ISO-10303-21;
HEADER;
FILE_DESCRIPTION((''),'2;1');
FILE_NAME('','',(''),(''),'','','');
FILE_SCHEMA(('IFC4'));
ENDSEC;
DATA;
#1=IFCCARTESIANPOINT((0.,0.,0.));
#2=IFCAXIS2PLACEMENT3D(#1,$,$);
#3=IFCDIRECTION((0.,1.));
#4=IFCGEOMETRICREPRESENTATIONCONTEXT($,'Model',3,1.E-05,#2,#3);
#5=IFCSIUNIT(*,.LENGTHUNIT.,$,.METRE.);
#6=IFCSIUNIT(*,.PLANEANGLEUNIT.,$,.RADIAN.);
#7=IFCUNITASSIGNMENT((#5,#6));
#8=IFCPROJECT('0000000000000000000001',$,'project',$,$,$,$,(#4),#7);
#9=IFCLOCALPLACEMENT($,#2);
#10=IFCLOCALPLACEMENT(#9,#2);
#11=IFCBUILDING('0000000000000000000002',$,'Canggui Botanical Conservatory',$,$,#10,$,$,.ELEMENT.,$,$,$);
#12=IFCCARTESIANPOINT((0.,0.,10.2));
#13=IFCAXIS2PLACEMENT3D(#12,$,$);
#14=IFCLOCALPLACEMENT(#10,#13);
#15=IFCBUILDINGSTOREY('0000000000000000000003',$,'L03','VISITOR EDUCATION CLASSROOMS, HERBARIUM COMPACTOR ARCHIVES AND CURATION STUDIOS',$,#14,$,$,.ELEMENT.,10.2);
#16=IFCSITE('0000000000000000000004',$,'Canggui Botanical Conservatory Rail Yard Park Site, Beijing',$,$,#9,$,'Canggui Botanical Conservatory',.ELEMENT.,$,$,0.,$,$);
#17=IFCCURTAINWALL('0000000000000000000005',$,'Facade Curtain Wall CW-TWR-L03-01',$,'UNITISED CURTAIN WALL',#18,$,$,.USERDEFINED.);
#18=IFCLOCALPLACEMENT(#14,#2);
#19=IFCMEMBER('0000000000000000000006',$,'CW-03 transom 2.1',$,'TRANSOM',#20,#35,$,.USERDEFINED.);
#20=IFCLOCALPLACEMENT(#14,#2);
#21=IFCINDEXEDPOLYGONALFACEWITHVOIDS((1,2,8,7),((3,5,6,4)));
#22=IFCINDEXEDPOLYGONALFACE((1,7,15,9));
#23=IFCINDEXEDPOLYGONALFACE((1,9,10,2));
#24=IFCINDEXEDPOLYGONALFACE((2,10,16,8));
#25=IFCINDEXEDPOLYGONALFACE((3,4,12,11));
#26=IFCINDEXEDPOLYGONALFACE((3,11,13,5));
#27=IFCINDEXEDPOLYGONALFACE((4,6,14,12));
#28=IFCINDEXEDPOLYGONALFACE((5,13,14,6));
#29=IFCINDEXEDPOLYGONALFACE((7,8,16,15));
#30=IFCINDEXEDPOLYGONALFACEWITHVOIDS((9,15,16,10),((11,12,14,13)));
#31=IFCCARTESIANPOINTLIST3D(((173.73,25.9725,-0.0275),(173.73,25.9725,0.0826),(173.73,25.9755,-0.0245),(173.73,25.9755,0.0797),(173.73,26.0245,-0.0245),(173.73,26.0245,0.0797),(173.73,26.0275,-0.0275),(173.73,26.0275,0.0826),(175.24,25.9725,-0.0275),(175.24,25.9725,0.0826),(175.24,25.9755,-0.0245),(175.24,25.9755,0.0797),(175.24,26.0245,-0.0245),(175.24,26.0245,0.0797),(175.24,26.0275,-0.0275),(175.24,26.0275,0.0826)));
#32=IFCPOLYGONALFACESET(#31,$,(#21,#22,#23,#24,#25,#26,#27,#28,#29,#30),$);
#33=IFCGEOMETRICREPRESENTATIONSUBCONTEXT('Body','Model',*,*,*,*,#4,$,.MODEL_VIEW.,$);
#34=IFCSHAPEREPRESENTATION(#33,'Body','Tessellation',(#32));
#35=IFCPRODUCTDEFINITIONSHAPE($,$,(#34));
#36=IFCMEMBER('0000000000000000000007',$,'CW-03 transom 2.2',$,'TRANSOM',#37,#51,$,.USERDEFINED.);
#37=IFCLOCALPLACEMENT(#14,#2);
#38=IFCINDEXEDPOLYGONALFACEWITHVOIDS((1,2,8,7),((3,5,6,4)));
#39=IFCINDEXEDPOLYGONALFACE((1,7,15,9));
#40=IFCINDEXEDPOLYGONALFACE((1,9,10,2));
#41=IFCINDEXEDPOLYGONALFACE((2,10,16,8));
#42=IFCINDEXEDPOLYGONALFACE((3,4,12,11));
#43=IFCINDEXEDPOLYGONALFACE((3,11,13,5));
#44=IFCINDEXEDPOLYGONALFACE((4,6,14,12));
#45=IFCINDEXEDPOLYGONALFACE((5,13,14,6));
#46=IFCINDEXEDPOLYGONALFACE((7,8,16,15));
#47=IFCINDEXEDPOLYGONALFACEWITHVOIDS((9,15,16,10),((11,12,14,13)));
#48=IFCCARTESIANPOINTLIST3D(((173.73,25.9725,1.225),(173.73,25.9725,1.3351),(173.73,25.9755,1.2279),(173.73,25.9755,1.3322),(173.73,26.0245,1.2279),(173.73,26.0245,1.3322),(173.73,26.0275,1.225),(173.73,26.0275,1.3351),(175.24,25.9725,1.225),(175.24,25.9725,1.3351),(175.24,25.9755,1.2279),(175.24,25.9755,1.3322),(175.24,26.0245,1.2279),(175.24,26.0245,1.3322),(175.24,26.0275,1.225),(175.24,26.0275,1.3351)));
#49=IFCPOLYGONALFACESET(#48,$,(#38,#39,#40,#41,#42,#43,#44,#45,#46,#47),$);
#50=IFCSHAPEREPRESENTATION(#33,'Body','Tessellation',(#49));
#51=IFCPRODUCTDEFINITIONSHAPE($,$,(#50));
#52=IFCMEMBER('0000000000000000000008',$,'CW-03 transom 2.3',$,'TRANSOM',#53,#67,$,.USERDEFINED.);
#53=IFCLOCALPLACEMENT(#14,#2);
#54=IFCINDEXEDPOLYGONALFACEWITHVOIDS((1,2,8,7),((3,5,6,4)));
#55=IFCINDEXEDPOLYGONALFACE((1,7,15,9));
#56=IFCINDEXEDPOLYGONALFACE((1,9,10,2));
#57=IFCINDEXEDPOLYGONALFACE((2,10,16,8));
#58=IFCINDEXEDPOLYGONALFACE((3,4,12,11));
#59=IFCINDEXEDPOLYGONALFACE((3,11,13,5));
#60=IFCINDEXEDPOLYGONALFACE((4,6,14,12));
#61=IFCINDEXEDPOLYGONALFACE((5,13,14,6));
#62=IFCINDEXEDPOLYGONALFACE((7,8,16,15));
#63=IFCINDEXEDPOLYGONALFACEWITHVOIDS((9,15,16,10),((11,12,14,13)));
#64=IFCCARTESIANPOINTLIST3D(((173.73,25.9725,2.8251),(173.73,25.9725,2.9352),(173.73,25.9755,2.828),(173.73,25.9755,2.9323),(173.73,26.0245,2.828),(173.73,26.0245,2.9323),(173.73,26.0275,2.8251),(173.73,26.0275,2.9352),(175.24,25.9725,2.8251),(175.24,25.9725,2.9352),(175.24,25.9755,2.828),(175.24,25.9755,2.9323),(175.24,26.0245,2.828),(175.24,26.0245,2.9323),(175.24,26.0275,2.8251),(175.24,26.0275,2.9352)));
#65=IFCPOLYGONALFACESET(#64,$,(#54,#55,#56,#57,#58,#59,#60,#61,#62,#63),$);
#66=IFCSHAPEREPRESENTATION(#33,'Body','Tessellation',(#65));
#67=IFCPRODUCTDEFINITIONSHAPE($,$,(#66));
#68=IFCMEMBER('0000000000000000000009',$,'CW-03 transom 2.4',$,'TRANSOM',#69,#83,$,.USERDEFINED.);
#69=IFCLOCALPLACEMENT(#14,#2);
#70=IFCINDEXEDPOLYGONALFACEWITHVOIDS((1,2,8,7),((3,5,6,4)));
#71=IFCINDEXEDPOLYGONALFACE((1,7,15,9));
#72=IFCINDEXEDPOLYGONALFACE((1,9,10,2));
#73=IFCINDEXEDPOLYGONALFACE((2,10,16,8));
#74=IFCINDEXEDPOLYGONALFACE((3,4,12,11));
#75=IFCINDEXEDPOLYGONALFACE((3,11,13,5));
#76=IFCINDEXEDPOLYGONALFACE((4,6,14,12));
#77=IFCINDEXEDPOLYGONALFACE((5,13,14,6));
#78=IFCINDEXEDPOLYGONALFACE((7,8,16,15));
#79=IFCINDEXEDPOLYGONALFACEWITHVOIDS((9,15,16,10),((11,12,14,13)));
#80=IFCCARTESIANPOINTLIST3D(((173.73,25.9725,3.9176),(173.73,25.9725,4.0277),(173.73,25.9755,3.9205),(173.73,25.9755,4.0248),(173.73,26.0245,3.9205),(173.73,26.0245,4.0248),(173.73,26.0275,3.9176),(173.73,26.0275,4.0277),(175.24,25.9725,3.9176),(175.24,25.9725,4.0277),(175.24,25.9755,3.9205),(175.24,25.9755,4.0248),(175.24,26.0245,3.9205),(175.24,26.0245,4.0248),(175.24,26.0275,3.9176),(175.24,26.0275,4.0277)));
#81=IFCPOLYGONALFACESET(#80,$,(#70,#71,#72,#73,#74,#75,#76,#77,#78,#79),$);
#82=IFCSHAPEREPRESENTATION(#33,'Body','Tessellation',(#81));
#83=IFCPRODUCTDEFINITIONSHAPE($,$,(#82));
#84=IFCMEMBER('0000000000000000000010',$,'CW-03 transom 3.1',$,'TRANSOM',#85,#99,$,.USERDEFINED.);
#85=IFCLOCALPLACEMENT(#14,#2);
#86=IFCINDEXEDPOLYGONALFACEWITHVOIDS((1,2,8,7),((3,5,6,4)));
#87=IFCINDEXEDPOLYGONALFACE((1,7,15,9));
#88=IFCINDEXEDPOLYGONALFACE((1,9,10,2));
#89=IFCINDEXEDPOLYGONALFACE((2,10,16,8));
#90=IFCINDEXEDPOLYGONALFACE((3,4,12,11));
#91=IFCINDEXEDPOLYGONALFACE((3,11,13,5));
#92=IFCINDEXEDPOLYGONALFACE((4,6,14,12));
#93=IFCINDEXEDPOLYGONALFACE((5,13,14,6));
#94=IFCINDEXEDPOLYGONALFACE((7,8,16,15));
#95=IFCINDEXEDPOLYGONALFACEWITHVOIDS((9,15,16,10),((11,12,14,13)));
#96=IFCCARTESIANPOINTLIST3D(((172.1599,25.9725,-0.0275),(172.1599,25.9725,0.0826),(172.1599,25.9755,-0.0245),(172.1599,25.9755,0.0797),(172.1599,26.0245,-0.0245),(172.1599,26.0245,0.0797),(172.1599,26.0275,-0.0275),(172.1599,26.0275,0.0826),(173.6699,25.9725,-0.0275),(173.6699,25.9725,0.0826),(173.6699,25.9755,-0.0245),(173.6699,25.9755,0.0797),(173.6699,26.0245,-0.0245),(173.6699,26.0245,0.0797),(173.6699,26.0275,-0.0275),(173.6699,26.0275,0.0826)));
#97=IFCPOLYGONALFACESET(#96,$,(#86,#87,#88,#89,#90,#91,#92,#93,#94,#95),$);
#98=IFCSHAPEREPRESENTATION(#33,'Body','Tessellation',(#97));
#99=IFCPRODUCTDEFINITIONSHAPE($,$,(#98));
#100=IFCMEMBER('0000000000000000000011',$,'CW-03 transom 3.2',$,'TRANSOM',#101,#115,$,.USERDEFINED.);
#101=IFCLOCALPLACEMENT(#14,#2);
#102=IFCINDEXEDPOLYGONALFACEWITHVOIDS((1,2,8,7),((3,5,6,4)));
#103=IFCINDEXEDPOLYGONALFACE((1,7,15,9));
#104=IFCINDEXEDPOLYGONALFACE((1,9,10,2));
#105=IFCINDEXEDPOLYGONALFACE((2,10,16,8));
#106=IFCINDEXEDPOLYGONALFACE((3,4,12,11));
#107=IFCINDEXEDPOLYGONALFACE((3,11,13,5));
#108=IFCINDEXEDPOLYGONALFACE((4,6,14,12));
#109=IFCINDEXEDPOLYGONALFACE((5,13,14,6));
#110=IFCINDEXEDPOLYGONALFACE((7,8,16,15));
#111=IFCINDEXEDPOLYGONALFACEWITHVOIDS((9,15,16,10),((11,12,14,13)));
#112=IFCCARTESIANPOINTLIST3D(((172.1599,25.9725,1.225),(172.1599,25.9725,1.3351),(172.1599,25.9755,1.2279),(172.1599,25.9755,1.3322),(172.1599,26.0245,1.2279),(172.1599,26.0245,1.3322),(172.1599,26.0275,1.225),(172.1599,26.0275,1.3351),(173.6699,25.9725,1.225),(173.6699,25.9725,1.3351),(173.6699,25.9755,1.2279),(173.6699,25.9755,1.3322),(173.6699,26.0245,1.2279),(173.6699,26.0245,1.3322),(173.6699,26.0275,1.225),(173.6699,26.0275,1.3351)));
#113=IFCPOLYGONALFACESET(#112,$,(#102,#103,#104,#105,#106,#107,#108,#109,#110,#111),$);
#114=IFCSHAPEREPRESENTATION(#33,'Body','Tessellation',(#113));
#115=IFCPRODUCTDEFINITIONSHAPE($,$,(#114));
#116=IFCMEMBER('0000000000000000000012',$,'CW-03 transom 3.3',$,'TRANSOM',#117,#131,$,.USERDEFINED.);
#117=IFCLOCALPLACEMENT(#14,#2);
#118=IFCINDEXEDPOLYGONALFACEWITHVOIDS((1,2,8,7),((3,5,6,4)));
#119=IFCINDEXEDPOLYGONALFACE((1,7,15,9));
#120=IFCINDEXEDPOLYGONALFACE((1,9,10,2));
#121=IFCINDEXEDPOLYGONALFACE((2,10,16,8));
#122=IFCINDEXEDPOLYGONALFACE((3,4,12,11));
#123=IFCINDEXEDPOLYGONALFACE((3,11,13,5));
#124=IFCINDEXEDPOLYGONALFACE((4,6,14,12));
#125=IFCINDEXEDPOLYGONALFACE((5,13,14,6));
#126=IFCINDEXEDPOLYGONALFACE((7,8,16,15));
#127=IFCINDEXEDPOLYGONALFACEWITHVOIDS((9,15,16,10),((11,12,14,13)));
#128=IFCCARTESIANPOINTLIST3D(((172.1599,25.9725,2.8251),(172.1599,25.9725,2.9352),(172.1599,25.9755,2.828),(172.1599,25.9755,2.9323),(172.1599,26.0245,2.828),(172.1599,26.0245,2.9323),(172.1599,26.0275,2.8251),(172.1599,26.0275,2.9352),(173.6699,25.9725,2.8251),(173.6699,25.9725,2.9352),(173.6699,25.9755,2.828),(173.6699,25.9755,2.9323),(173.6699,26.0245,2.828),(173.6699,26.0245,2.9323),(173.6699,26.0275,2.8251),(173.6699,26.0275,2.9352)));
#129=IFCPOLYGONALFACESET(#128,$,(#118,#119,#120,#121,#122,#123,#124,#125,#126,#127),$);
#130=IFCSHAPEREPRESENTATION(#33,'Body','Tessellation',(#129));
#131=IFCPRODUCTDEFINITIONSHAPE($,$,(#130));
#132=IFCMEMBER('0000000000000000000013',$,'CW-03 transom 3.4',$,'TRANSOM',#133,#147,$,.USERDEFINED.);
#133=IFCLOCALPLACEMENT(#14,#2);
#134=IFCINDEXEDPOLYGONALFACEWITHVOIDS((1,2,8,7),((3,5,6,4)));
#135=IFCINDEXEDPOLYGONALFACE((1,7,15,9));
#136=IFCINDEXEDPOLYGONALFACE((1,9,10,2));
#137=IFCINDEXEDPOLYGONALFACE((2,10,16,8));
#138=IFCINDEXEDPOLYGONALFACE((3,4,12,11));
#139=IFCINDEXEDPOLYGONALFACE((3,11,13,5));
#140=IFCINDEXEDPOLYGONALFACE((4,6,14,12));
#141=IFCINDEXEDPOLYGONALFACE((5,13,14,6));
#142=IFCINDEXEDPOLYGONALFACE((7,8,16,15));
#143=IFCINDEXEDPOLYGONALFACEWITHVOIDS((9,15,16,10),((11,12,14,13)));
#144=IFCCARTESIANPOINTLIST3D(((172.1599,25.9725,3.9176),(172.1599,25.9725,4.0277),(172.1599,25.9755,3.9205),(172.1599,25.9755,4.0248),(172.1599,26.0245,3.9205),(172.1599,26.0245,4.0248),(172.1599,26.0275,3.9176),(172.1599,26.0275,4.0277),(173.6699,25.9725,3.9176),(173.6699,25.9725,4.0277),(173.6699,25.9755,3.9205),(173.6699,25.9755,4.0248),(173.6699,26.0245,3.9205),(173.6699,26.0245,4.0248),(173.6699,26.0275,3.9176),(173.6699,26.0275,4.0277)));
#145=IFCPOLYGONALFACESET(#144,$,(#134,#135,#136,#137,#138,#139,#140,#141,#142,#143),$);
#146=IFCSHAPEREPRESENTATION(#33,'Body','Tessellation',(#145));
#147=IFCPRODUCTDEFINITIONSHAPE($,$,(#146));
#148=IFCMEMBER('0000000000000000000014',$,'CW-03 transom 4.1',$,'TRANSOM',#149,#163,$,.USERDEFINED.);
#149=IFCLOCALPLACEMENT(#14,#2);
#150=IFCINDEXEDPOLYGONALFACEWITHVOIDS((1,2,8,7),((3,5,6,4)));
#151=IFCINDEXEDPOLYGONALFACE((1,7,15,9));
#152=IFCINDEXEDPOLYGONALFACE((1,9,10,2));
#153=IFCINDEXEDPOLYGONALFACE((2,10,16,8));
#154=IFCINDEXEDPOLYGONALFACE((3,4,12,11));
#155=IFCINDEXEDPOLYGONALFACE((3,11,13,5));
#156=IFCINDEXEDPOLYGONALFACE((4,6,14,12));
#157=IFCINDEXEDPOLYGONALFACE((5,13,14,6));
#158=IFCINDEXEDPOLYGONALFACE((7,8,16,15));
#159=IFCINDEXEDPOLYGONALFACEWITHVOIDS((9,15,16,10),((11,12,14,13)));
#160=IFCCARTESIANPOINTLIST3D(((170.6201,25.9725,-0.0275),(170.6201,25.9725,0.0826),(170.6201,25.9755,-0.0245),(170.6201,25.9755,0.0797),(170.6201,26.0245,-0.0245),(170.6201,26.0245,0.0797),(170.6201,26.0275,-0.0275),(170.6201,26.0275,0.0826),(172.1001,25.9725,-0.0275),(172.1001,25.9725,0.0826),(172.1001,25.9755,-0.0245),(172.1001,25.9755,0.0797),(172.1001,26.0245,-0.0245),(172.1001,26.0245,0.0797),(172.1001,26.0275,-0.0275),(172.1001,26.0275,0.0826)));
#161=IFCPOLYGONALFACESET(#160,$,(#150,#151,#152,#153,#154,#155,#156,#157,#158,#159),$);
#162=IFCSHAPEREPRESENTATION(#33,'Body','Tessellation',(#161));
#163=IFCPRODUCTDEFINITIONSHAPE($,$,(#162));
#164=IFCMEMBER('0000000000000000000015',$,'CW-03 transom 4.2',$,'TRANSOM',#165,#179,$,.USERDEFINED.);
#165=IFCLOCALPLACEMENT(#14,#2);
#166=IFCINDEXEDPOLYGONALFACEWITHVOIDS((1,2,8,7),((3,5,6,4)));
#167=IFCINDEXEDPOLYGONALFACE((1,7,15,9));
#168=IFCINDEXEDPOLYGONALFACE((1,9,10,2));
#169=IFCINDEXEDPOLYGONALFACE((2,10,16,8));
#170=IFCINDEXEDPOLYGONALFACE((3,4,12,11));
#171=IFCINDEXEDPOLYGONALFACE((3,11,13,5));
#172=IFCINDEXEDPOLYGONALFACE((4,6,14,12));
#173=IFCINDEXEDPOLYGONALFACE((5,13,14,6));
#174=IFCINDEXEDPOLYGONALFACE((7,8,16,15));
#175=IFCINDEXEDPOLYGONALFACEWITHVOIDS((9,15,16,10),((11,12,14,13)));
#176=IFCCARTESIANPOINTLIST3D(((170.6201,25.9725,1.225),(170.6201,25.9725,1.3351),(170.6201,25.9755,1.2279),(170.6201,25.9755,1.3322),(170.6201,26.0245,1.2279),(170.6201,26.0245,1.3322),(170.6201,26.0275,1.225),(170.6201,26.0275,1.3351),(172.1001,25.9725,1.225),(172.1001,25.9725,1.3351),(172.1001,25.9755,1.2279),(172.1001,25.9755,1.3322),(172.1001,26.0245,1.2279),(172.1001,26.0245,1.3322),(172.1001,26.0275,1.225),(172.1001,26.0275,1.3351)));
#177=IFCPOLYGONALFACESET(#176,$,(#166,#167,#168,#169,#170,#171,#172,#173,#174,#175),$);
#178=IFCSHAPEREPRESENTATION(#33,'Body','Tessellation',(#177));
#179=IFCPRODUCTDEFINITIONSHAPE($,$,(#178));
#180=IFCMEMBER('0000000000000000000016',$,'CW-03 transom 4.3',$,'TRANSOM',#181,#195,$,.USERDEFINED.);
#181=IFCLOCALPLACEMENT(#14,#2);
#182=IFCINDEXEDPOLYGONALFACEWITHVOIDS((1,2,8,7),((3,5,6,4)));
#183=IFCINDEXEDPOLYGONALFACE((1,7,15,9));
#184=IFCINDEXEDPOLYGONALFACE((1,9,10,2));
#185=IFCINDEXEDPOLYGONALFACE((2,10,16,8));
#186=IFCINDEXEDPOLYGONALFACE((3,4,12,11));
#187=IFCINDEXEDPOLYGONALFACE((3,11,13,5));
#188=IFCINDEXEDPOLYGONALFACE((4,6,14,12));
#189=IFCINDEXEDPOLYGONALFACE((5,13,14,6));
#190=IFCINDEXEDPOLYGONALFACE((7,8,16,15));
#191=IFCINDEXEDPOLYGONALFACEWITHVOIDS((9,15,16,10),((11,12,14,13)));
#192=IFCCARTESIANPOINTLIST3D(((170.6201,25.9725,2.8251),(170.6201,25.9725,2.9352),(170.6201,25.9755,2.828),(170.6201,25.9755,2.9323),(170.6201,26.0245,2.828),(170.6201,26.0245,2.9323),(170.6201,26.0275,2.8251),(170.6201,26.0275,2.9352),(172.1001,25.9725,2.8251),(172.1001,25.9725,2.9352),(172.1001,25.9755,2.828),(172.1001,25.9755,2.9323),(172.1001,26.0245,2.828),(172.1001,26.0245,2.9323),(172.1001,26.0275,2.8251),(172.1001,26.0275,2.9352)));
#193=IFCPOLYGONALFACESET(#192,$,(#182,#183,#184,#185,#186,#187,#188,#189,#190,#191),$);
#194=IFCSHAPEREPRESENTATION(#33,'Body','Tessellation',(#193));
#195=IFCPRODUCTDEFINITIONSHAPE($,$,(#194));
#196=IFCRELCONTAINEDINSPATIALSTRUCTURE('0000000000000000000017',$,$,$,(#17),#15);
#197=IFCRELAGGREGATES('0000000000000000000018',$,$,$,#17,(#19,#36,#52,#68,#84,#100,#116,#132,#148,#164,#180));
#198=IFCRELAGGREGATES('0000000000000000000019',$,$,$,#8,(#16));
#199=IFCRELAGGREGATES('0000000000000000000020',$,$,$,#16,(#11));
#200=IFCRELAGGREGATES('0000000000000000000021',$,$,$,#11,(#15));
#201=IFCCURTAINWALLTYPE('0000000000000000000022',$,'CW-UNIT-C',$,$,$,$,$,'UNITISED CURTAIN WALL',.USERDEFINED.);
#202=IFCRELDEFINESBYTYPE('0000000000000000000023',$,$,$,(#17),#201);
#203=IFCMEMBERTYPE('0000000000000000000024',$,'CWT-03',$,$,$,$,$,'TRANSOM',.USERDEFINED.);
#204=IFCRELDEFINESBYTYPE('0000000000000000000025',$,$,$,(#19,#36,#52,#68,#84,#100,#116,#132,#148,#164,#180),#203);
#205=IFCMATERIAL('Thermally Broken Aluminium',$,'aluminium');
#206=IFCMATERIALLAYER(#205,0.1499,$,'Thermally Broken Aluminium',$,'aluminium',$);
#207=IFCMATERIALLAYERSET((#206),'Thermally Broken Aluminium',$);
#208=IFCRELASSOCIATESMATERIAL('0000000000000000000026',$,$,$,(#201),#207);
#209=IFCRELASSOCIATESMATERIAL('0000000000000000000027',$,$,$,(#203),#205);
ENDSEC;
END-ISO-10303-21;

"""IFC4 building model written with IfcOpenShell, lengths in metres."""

from ifc_helpers import new_model, si_unit, direction, frame, origin, origin_2d, place, context, subcontext, project, spatial, hollow_rectangle, extrude, material, layer, layer_set, material_profile, profile_set, type_object, element, aggregate, save


model = new_model("IFC4")

# Units and contexts
model_context = context("Model", 3, precision=1e-05, world=origin(), true_north=direction((0.0, 1.0)))
body_context = subcontext(model_context, "Body", "Model", "MODEL_VIEW")
ifc_project = project(units=[si_unit("LENGTHUNIT", "METRE"), si_unit("PLANEANGLEUNIT", "RADIAN")], contexts=[model_context])

# Site, building, storey
site_placement = place(None, origin())
site = spatial("IfcSite", under=ifc_project, at=site_placement, Name="Canggui Botanical Conservatory Rail Yard Park Site, Beijing", LongName="Canggui Botanical Conservatory", CompositionType="ELEMENT", RefElevation=0.0)
building_placement = place(site_placement, origin())
building = spatial("IfcBuilding", under=site, at=building_placement, Name="Canggui Botanical Conservatory", CompositionType="ELEMENT")
storey_placement = place(building_placement, frame((0.0, 0.0, 10.2)))
storey = spatial("IfcBuildingStorey", under=building, at=storey_placement, Name="L03", Description="VISITOR EDUCATION CLASSROOMS, HERBARIUM COMPACTOR ARCHIVES AND CURATION STUDIOS", CompositionType="ELEMENT", Elevation=10.2)

# Curtain wall, members
ifc_material_1 = material(Name="Thermally Broken Aluminium", Category="aluminium")
ifc_layer_1 = layer(ifc_material_1, 0.1499, Name="Thermally Broken Aluminium", Category="aluminium")
ifc_layer_set_1 = layer_set([ifc_layer_1], Name="Thermally Broken Aluminium")
curtain_wall_type = type_object("IfcCurtainWallType", Name="CW-UNIT-C", ElementType="UNITISED CURTAIN WALL", PredefinedType="USERDEFINED", material=ifc_layer_set_1)
curtain_wall_placement = place(storey_placement, origin())
curtain_wall = element("IfcCurtainWall", 1, at=curtain_wall_placement, inside=storey, type_object=curtain_wall_type, Name="Facade Curtain Wall CW-TWR-L03-01", ObjectType="UNITISED CURTAIN WALL", PredefinedType="USERDEFINED")
ifc_material_profile_1 = material_profile(ifc_material_1, hollow_rectangle(XDim=0.0549, YDim=0.1101, WallThickness=0.0029, at=origin_2d()), Name="CWT 55x110x3")
ifc_profile_set_1 = profile_set([ifc_material_profile_1], Name="Thermally Broken Aluminium")
member_type_1 = type_object("IfcMemberType", Name="CWT-03", ElementType="TRANSOM", PredefinedType="USERDEFINED", material=ifc_profile_set_1)
member_1_placement = place(storey_placement, frame((175.24, 26.0, 0.0276), z_axis=(-1.0, 0.0, 0.0), x_axis=(0.0, -1.0, 0.0)))
member_1 = element("IfcMember", 2, at=member_1_placement, type_object=member_type_1, Name="CW-03 transom 2.1", ObjectType="TRANSOM", PredefinedType="USERDEFINED", context=body_context, shape_type="SweptSolid", body=[
    extrude(hollow_rectangle(XDim=0.0549, YDim=0.1101, WallThickness=0.0029, at=origin_2d()), origin(), (0.0, 0.0, 1.0), 1.51),
])
member_2_placement = place(storey_placement, frame((175.24, 26.0, 1.28), z_axis=(-1.0, 0.0, 0.0), x_axis=(0.0, -1.0, 0.0)))
member_2 = element("IfcMember", 3, at=member_2_placement, type_object=member_type_1, Name="CW-03 transom 2.2", ObjectType="TRANSOM", PredefinedType="USERDEFINED", context=body_context, shape_type="SweptSolid", body=[
    extrude(hollow_rectangle(XDim=0.0549, YDim=0.1101, WallThickness=0.0029, at=origin_2d()), origin(), (0.0, 0.0, 1.0), 1.51),
])
member_3_placement = place(storey_placement, frame((175.24, 26.0, 2.8801), z_axis=(-1.0, 0.0, 0.0), x_axis=(0.0, -1.0, 0.0)))
member_3 = element("IfcMember", 4, at=member_3_placement, type_object=member_type_1, Name="CW-03 transom 2.3", ObjectType="TRANSOM", PredefinedType="USERDEFINED", context=body_context, shape_type="SweptSolid", body=[
    extrude(hollow_rectangle(XDim=0.0549, YDim=0.1101, WallThickness=0.0029, at=origin_2d()), origin(), (0.0, 0.0, 1.0), 1.51),
])
member_4_placement = place(storey_placement, frame((175.24, 26.0, 3.9727), z_axis=(-1.0, 0.0, 0.0), x_axis=(0.0, -1.0, 0.0)))
member_4 = element("IfcMember", 5, at=member_4_placement, type_object=member_type_1, Name="CW-03 transom 2.4", ObjectType="TRANSOM", PredefinedType="USERDEFINED", context=body_context, shape_type="SweptSolid", body=[
    extrude(hollow_rectangle(XDim=0.0549, YDim=0.1101, WallThickness=0.0029, at=origin_2d()), origin(), (0.0, 0.0, 1.0), 1.51),
])
member_5_placement = place(storey_placement, frame((173.6699, 26.0, 0.0276), z_axis=(-1.0, 0.0, 0.0), x_axis=(0.0, -1.0, 0.0)))
member_5 = element("IfcMember", 6, at=member_5_placement, type_object=member_type_1, Name="CW-03 transom 3.1", ObjectType="TRANSOM", PredefinedType="USERDEFINED", context=body_context, shape_type="SweptSolid", body=[
    extrude(hollow_rectangle(XDim=0.0549, YDim=0.1101, WallThickness=0.0029, at=origin_2d()), origin(), (0.0, 0.0, 1.0), 1.51),
])
member_6_placement = place(storey_placement, frame((173.6699, 26.0, 1.28), z_axis=(-1.0, 0.0, 0.0), x_axis=(0.0, -1.0, 0.0)))
member_6 = element("IfcMember", 7, at=member_6_placement, type_object=member_type_1, Name="CW-03 transom 3.2", ObjectType="TRANSOM", PredefinedType="USERDEFINED", context=body_context, shape_type="SweptSolid", body=[
    extrude(hollow_rectangle(XDim=0.0549, YDim=0.1101, WallThickness=0.0029, at=origin_2d()), origin(), (0.0, 0.0, 1.0), 1.51),
])
member_7_placement = place(storey_placement, frame((173.6699, 26.0, 2.8801), z_axis=(-1.0, 0.0, 0.0), x_axis=(0.0, -1.0, 0.0)))
member_7 = element("IfcMember", 8, at=member_7_placement, type_object=member_type_1, Name="CW-03 transom 3.3", ObjectType="TRANSOM", PredefinedType="USERDEFINED", context=body_context, shape_type="SweptSolid", body=[
    extrude(hollow_rectangle(XDim=0.0549, YDim=0.1101, WallThickness=0.0029, at=origin_2d()), origin(), (0.0, 0.0, 1.0), 1.51),
])
member_8_placement = place(storey_placement, frame((173.6699, 26.0, 3.9727), z_axis=(-1.0, 0.0, 0.0), x_axis=(0.0, -1.0, 0.0)))
member_8 = element("IfcMember", 9, at=member_8_placement, type_object=member_type_1, Name="CW-03 transom 3.4", ObjectType="TRANSOM", PredefinedType="USERDEFINED", context=body_context, shape_type="SweptSolid", body=[
    extrude(hollow_rectangle(XDim=0.0549, YDim=0.1101, WallThickness=0.0029, at=origin_2d()), origin(), (0.0, 0.0, 1.0), 1.51),
])
member_9_placement = place(storey_placement, frame((172.1001, 26.0, 0.0276), z_axis=(-1.0, 0.0, 0.0), x_axis=(0.0, -1.0, 0.0)))
member_9 = element("IfcMember", 10, at=member_9_placement, type_object=member_type_1, Name="CW-03 transom 4.1", ObjectType="TRANSOM", PredefinedType="USERDEFINED", context=body_context, shape_type="SweptSolid", body=[
    extrude(hollow_rectangle(XDim=0.0549, YDim=0.1101, WallThickness=0.0029, at=origin_2d()), origin(), (0.0, 0.0, 1.0), 1.48),
])
member_10_placement = place(storey_placement, frame((172.1001, 26.0, 1.28), z_axis=(-1.0, 0.0, 0.0), x_axis=(0.0, -1.0, 0.0)))
member_10 = element("IfcMember", 11, at=member_10_placement, type_object=member_type_1, Name="CW-03 transom 4.2", ObjectType="TRANSOM", PredefinedType="USERDEFINED", context=body_context, shape_type="SweptSolid", body=[
    extrude(hollow_rectangle(XDim=0.0549, YDim=0.1101, WallThickness=0.0029, at=origin_2d()), origin(), (0.0, 0.0, 1.0), 1.48),
])
member_11_placement = place(storey_placement, frame((172.1001, 26.0, 2.8801), z_axis=(-1.0, 0.0, 0.0), x_axis=(0.0, -1.0, 0.0)))
member_11 = element("IfcMember", 12, at=member_11_placement, type_object=member_type_1, Name="CW-03 transom 4.3", ObjectType="TRANSOM", PredefinedType="USERDEFINED", context=body_context, shape_type="SweptSolid", body=[
    extrude(hollow_rectangle(XDim=0.0549, YDim=0.1101, WallThickness=0.0029, at=origin_2d()), origin(), (0.0, 0.0, 1.0), 1.48),
])
aggregate(curtain_wall, [member_1, member_2, member_3, member_4, member_5, member_6, member_7, member_8, member_9, member_10, member_11])

save(model, "model.ifc")
